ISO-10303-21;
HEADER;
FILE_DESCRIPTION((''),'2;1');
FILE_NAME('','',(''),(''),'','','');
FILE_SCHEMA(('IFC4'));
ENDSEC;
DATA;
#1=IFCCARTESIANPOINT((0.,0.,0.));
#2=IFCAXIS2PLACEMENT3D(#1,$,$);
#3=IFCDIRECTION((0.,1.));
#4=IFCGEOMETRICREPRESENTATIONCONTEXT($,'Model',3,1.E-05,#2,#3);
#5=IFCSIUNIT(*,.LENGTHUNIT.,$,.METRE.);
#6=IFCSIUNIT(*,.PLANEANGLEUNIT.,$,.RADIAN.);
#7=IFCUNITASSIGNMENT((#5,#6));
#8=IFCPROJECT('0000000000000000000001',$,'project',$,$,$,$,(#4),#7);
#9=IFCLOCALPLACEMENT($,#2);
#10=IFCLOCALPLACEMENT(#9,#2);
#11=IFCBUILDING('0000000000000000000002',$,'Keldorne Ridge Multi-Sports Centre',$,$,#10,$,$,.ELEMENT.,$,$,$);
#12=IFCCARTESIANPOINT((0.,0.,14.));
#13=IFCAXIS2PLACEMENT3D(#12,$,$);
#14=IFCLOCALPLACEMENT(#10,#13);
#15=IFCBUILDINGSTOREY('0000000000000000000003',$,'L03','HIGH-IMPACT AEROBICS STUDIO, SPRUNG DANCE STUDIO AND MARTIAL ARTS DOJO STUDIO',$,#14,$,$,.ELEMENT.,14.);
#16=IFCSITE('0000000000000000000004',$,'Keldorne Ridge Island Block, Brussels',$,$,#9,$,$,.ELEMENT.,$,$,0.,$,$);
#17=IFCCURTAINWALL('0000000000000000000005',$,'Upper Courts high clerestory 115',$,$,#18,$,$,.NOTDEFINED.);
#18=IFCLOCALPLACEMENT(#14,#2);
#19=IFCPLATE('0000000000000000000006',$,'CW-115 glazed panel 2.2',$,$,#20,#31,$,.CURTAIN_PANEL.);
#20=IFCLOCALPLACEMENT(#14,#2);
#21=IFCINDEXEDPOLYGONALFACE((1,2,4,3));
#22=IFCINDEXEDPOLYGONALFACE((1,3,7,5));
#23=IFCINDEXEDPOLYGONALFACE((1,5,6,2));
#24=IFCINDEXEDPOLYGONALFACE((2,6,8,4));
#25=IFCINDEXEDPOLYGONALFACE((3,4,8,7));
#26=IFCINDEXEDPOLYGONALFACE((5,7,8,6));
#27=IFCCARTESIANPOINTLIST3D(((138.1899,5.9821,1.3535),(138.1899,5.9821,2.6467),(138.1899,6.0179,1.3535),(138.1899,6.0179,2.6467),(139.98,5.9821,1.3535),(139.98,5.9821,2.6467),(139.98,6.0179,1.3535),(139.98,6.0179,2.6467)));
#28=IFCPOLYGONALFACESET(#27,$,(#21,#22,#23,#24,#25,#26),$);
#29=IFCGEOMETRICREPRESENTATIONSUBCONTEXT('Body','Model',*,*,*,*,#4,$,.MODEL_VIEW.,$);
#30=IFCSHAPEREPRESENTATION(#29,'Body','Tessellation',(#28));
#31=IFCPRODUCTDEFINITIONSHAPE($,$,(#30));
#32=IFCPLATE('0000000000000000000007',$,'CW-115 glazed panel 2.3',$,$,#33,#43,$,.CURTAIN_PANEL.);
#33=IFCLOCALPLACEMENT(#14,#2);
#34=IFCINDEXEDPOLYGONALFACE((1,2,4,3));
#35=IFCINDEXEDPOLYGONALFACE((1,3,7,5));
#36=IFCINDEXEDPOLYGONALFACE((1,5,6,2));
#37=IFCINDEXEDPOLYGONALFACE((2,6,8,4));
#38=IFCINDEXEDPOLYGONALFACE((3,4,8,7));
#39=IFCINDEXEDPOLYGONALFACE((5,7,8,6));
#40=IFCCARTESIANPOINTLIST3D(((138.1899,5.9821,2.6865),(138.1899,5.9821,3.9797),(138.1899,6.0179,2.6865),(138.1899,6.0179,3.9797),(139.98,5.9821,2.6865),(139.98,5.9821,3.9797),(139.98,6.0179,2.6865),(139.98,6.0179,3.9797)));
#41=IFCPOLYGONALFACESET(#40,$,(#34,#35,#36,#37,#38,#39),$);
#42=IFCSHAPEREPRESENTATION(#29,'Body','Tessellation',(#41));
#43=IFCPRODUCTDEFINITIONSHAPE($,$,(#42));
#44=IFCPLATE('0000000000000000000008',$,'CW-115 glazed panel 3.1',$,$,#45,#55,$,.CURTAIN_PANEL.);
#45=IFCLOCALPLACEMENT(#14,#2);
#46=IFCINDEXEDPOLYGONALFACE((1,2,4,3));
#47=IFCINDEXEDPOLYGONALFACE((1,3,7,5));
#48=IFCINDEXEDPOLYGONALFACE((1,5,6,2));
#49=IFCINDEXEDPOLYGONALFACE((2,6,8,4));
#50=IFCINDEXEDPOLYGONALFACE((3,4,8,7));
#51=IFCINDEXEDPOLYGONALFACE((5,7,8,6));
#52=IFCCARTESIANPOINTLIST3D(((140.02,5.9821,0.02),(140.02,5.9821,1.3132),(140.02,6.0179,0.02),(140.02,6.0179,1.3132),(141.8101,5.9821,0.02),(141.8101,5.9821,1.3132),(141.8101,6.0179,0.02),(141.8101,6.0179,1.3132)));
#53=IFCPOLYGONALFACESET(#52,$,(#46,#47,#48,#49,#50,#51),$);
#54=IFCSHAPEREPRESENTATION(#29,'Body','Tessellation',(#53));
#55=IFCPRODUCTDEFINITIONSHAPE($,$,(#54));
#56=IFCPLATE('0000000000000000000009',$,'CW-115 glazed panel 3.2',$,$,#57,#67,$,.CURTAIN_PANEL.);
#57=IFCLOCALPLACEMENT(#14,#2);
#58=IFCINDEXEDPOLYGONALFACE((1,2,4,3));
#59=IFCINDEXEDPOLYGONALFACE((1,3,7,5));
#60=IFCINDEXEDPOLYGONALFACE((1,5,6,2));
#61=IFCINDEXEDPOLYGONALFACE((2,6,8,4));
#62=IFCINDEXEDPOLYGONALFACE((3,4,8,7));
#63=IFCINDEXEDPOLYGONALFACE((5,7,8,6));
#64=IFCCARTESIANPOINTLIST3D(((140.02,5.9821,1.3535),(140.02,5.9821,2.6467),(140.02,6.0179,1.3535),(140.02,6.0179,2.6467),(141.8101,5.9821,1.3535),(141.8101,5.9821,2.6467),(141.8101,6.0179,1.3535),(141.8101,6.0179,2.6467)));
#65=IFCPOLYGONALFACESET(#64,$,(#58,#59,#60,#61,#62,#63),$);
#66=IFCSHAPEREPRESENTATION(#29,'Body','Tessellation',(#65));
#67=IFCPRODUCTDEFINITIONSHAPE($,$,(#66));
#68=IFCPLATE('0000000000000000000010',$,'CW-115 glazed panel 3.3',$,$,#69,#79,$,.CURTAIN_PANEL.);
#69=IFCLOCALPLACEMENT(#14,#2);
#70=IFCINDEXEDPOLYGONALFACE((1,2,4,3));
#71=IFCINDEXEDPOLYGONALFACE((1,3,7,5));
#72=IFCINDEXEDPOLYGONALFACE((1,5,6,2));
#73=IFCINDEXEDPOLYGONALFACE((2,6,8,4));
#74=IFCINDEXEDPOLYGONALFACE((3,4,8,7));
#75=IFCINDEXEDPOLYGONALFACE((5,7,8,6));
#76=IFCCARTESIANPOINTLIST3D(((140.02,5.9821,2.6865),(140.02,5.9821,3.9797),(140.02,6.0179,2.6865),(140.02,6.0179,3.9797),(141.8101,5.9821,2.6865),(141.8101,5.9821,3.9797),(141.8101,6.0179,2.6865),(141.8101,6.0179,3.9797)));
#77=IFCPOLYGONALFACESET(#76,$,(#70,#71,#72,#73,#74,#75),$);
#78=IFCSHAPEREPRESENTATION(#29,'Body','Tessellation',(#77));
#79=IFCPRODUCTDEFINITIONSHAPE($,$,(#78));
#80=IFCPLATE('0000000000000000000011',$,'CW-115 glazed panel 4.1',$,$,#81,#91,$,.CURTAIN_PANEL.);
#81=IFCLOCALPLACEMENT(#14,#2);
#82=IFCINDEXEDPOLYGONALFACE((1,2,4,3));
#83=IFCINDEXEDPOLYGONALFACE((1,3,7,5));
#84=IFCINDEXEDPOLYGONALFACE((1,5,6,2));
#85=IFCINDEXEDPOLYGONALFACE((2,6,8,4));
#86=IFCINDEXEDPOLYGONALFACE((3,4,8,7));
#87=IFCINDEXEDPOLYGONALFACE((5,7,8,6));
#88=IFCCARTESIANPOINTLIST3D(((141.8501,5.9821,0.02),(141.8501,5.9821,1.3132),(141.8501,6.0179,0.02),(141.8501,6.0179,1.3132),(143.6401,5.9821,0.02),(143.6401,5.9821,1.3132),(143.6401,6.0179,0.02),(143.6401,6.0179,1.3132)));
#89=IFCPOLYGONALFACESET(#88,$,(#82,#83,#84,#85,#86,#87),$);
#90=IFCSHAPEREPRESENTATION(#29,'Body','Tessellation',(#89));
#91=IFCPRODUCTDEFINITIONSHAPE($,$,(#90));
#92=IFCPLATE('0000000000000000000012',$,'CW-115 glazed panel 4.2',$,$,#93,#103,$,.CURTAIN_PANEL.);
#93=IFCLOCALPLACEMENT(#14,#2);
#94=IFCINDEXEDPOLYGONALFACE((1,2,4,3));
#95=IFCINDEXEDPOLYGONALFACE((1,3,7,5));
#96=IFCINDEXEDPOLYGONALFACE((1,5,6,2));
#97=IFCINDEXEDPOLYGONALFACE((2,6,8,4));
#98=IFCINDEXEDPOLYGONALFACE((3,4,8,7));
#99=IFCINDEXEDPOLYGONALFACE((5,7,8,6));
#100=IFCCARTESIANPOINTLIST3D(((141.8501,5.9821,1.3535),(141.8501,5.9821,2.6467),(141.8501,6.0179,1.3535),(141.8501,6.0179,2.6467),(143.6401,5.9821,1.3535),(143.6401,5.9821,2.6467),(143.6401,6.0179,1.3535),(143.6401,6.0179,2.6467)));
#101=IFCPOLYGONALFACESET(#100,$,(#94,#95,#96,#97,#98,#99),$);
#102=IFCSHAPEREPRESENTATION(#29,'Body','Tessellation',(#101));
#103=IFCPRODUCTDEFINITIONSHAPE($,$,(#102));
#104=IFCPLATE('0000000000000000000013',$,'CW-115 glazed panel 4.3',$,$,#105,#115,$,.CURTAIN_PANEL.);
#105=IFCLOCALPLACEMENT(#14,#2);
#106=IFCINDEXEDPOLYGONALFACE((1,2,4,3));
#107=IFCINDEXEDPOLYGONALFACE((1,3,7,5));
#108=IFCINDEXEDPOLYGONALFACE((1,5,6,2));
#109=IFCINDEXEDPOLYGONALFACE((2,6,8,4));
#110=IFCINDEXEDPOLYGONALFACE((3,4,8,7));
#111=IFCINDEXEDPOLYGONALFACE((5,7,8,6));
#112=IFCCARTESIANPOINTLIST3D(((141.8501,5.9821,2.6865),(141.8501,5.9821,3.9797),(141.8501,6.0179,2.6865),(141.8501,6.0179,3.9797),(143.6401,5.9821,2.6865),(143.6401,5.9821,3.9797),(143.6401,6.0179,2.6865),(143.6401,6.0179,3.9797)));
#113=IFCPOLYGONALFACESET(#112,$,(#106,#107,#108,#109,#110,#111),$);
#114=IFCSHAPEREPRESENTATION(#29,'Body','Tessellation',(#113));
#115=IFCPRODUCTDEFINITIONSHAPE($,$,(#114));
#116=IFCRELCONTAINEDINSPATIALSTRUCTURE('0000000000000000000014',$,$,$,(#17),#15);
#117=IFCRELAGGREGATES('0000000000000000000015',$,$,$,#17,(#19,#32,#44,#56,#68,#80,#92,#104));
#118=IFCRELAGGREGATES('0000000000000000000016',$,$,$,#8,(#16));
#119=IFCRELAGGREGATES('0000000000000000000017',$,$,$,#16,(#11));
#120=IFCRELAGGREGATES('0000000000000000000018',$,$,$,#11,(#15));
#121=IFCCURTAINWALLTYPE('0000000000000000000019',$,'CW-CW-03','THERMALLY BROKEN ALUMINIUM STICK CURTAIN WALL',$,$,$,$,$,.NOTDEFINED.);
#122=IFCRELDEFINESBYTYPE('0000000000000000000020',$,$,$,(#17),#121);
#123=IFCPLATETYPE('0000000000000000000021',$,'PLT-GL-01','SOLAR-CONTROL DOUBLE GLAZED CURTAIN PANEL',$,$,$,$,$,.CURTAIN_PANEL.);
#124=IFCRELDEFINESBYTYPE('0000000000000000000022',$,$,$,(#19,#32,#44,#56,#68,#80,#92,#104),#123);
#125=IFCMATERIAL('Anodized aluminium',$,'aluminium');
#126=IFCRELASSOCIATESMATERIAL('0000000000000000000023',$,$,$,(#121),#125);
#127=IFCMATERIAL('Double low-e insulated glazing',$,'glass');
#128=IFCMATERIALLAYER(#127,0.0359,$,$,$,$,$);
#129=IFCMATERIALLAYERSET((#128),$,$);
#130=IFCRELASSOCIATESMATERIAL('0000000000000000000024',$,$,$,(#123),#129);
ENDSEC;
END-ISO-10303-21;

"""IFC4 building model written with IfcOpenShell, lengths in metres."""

from ifc_helpers import new_model, si_unit, direction, frame, origin, origin_2d, place, context, subcontext, project, spatial, rectangle, extrude, material, layer, layer_set, type_object, element, aggregate, save


model = new_model("IFC4")

# Units and contexts
model_context = context("Model", 3, precision=1e-05, world=origin(), true_north=direction((0.0, 1.0)))
body_context = subcontext(model_context, "Body", "Model", "MODEL_VIEW")
ifc_project = project(units=[si_unit("LENGTHUNIT", "METRE"), si_unit("PLANEANGLEUNIT", "RADIAN")], contexts=[model_context])

# Site, building, storey
site_placement = place(None, origin())
site = spatial("IfcSite", under=ifc_project, at=site_placement, Name="Keldorne Ridge Island Block, Brussels", CompositionType="ELEMENT", RefElevation=0.0)
building_placement = place(site_placement, origin())
building = spatial("IfcBuilding", under=site, at=building_placement, Name="Keldorne Ridge Multi-Sports Centre", CompositionType="ELEMENT")
storey_placement = place(building_placement, frame((0.0, 0.0, 14.0)))
storey = spatial("IfcBuildingStorey", under=building, at=storey_placement, Name="L03", Description="HIGH-IMPACT AEROBICS STUDIO, SPRUNG DANCE STUDIO AND MARTIAL ARTS DOJO STUDIO", CompositionType="ELEMENT", Elevation=14.0)

# Curtain wall
ifc_material_1 = material(Name="Anodized aluminium", Category="aluminium")
curtain_wall_type = type_object("IfcCurtainWallType", Name="CW-CW-03", Description="THERMALLY BROKEN ALUMINIUM STICK CURTAIN WALL", PredefinedType="NOTDEFINED", material=ifc_material_1)
curtain_wall_placement = place(storey_placement, origin())
curtain_wall = element("IfcCurtainWall", 1, at=curtain_wall_placement, inside=storey, type_object=curtain_wall_type, Name="Upper Courts high clerestory 115", PredefinedType="NOTDEFINED")

# Plates
ifc_material_2 = material(Name="Double low-e insulated glazing", Category="glass")
ifc_layer = layer(ifc_material_2, 0.0359)
ifc_layer_set = layer_set([ifc_layer])
plate_type = type_object("IfcPlateType", Name="PLT-GL-01", Description="SOLAR-CONTROL DOUBLE GLAZED CURTAIN PANEL", PredefinedType="CURTAIN_PANEL", material=ifc_layer_set)
plate_1_placement = place(storey_placement, frame((139.085, 6.0, 1.3535), z_axis=(0.0, 0.0, 1.0), x_axis=(1.0, 0.0, 0.0)))
plate_1 = element("IfcPlate", 2, at=plate_1_placement, type_object=plate_type, Name="CW-115 glazed panel 2.2", PredefinedType="CURTAIN_PANEL", context=body_context, shape_type="SweptSolid", body=[
    extrude(rectangle(XDim=1.79, YDim=0.0359, at=origin_2d()), origin(), (0.0, 0.0, 1.0), 1.2932),
])
plate_2_placement = place(storey_placement, frame((139.085, 6.0, 2.6865), z_axis=(0.0, 0.0, 1.0), x_axis=(1.0, 0.0, 0.0)))
plate_2 = element("IfcPlate", 3, at=plate_2_placement, type_object=plate_type, Name="CW-115 glazed panel 2.3", PredefinedType="CURTAIN_PANEL", context=body_context, shape_type="SweptSolid", body=[
    extrude(rectangle(XDim=1.79, YDim=0.0359, at=origin_2d()), origin(), (0.0, 0.0, 1.0), 1.2932),
])
plate_3_placement = place(storey_placement, frame((140.915, 6.0, 0.02), z_axis=(0.0, 0.0, 1.0), x_axis=(1.0, 0.0, 0.0)))
plate_3 = element("IfcPlate", 4, at=plate_3_placement, type_object=plate_type, Name="CW-115 glazed panel 3.1", PredefinedType="CURTAIN_PANEL", context=body_context, shape_type="SweptSolid", body=[
    extrude(rectangle(XDim=1.79, YDim=0.0359, at=origin_2d()), origin(), (0.0, 0.0, 1.0), 1.2932),
])
plate_4_placement = place(storey_placement, frame((140.915, 6.0, 1.3535), z_axis=(0.0, 0.0, 1.0), x_axis=(1.0, 0.0, 0.0)))
plate_4 = element("IfcPlate", 5, at=plate_4_placement, type_object=plate_type, Name="CW-115 glazed panel 3.2", PredefinedType="CURTAIN_PANEL", context=body_context, shape_type="SweptSolid", body=[
    extrude(rectangle(XDim=1.79, YDim=0.0359, at=origin_2d()), origin(), (0.0, 0.0, 1.0), 1.2932),
])
plate_5_placement = place(storey_placement, frame((140.915, 6.0, 2.6865), z_axis=(0.0, 0.0, 1.0), x_axis=(1.0, 0.0, 0.0)))
plate_5 = element("IfcPlate", 6, at=plate_5_placement, type_object=plate_type, Name="CW-115 glazed panel 3.3", PredefinedType="CURTAIN_PANEL", context=body_context, shape_type="SweptSolid", body=[
    extrude(rectangle(XDim=1.79, YDim=0.0359, at=origin_2d()), origin(), (0.0, 0.0, 1.0), 1.2932),
])
plate_6_placement = place(storey_placement, frame((142.7451, 6.0, 0.02), z_axis=(0.0, 0.0, 1.0), x_axis=(1.0, 0.0, 0.0)))
plate_6 = element("IfcPlate", 7, at=plate_6_placement, type_object=plate_type, Name="CW-115 glazed panel 4.1", PredefinedType="CURTAIN_PANEL", context=body_context, shape_type="SweptSolid", body=[
    extrude(rectangle(XDim=1.79, YDim=0.0359, at=origin_2d()), origin(), (0.0, 0.0, 1.0), 1.2932),
])
plate_7_placement = place(storey_placement, frame((142.7451, 6.0, 1.3535), z_axis=(0.0, 0.0, 1.0), x_axis=(1.0, 0.0, 0.0)))
plate_7 = element("IfcPlate", 8, at=plate_7_placement, type_object=plate_type, Name="CW-115 glazed panel 4.2", PredefinedType="CURTAIN_PANEL", context=body_context, shape_type="SweptSolid", body=[
    extrude(rectangle(XDim=1.79, YDim=0.0359, at=origin_2d()), origin(), (0.0, 0.0, 1.0), 1.2932),
])
plate_8_placement = place(storey_placement, frame((142.7451, 6.0, 2.6865), z_axis=(0.0, 0.0, 1.0), x_axis=(1.0, 0.0, 0.0)))
plate_8 = element("IfcPlate", 9, at=plate_8_placement, type_object=plate_type, Name="CW-115 glazed panel 4.3", PredefinedType="CURTAIN_PANEL", context=body_context, shape_type="SweptSolid", body=[
    extrude(rectangle(XDim=1.79, YDim=0.0359, at=origin_2d()), origin(), (0.0, 0.0, 1.0), 1.2932),
])
aggregate(curtain_wall, [plate_1, plate_2, plate_3, plate_4, plate_5, plate_6, plate_7, plate_8])

save(model, "model.ifc")
